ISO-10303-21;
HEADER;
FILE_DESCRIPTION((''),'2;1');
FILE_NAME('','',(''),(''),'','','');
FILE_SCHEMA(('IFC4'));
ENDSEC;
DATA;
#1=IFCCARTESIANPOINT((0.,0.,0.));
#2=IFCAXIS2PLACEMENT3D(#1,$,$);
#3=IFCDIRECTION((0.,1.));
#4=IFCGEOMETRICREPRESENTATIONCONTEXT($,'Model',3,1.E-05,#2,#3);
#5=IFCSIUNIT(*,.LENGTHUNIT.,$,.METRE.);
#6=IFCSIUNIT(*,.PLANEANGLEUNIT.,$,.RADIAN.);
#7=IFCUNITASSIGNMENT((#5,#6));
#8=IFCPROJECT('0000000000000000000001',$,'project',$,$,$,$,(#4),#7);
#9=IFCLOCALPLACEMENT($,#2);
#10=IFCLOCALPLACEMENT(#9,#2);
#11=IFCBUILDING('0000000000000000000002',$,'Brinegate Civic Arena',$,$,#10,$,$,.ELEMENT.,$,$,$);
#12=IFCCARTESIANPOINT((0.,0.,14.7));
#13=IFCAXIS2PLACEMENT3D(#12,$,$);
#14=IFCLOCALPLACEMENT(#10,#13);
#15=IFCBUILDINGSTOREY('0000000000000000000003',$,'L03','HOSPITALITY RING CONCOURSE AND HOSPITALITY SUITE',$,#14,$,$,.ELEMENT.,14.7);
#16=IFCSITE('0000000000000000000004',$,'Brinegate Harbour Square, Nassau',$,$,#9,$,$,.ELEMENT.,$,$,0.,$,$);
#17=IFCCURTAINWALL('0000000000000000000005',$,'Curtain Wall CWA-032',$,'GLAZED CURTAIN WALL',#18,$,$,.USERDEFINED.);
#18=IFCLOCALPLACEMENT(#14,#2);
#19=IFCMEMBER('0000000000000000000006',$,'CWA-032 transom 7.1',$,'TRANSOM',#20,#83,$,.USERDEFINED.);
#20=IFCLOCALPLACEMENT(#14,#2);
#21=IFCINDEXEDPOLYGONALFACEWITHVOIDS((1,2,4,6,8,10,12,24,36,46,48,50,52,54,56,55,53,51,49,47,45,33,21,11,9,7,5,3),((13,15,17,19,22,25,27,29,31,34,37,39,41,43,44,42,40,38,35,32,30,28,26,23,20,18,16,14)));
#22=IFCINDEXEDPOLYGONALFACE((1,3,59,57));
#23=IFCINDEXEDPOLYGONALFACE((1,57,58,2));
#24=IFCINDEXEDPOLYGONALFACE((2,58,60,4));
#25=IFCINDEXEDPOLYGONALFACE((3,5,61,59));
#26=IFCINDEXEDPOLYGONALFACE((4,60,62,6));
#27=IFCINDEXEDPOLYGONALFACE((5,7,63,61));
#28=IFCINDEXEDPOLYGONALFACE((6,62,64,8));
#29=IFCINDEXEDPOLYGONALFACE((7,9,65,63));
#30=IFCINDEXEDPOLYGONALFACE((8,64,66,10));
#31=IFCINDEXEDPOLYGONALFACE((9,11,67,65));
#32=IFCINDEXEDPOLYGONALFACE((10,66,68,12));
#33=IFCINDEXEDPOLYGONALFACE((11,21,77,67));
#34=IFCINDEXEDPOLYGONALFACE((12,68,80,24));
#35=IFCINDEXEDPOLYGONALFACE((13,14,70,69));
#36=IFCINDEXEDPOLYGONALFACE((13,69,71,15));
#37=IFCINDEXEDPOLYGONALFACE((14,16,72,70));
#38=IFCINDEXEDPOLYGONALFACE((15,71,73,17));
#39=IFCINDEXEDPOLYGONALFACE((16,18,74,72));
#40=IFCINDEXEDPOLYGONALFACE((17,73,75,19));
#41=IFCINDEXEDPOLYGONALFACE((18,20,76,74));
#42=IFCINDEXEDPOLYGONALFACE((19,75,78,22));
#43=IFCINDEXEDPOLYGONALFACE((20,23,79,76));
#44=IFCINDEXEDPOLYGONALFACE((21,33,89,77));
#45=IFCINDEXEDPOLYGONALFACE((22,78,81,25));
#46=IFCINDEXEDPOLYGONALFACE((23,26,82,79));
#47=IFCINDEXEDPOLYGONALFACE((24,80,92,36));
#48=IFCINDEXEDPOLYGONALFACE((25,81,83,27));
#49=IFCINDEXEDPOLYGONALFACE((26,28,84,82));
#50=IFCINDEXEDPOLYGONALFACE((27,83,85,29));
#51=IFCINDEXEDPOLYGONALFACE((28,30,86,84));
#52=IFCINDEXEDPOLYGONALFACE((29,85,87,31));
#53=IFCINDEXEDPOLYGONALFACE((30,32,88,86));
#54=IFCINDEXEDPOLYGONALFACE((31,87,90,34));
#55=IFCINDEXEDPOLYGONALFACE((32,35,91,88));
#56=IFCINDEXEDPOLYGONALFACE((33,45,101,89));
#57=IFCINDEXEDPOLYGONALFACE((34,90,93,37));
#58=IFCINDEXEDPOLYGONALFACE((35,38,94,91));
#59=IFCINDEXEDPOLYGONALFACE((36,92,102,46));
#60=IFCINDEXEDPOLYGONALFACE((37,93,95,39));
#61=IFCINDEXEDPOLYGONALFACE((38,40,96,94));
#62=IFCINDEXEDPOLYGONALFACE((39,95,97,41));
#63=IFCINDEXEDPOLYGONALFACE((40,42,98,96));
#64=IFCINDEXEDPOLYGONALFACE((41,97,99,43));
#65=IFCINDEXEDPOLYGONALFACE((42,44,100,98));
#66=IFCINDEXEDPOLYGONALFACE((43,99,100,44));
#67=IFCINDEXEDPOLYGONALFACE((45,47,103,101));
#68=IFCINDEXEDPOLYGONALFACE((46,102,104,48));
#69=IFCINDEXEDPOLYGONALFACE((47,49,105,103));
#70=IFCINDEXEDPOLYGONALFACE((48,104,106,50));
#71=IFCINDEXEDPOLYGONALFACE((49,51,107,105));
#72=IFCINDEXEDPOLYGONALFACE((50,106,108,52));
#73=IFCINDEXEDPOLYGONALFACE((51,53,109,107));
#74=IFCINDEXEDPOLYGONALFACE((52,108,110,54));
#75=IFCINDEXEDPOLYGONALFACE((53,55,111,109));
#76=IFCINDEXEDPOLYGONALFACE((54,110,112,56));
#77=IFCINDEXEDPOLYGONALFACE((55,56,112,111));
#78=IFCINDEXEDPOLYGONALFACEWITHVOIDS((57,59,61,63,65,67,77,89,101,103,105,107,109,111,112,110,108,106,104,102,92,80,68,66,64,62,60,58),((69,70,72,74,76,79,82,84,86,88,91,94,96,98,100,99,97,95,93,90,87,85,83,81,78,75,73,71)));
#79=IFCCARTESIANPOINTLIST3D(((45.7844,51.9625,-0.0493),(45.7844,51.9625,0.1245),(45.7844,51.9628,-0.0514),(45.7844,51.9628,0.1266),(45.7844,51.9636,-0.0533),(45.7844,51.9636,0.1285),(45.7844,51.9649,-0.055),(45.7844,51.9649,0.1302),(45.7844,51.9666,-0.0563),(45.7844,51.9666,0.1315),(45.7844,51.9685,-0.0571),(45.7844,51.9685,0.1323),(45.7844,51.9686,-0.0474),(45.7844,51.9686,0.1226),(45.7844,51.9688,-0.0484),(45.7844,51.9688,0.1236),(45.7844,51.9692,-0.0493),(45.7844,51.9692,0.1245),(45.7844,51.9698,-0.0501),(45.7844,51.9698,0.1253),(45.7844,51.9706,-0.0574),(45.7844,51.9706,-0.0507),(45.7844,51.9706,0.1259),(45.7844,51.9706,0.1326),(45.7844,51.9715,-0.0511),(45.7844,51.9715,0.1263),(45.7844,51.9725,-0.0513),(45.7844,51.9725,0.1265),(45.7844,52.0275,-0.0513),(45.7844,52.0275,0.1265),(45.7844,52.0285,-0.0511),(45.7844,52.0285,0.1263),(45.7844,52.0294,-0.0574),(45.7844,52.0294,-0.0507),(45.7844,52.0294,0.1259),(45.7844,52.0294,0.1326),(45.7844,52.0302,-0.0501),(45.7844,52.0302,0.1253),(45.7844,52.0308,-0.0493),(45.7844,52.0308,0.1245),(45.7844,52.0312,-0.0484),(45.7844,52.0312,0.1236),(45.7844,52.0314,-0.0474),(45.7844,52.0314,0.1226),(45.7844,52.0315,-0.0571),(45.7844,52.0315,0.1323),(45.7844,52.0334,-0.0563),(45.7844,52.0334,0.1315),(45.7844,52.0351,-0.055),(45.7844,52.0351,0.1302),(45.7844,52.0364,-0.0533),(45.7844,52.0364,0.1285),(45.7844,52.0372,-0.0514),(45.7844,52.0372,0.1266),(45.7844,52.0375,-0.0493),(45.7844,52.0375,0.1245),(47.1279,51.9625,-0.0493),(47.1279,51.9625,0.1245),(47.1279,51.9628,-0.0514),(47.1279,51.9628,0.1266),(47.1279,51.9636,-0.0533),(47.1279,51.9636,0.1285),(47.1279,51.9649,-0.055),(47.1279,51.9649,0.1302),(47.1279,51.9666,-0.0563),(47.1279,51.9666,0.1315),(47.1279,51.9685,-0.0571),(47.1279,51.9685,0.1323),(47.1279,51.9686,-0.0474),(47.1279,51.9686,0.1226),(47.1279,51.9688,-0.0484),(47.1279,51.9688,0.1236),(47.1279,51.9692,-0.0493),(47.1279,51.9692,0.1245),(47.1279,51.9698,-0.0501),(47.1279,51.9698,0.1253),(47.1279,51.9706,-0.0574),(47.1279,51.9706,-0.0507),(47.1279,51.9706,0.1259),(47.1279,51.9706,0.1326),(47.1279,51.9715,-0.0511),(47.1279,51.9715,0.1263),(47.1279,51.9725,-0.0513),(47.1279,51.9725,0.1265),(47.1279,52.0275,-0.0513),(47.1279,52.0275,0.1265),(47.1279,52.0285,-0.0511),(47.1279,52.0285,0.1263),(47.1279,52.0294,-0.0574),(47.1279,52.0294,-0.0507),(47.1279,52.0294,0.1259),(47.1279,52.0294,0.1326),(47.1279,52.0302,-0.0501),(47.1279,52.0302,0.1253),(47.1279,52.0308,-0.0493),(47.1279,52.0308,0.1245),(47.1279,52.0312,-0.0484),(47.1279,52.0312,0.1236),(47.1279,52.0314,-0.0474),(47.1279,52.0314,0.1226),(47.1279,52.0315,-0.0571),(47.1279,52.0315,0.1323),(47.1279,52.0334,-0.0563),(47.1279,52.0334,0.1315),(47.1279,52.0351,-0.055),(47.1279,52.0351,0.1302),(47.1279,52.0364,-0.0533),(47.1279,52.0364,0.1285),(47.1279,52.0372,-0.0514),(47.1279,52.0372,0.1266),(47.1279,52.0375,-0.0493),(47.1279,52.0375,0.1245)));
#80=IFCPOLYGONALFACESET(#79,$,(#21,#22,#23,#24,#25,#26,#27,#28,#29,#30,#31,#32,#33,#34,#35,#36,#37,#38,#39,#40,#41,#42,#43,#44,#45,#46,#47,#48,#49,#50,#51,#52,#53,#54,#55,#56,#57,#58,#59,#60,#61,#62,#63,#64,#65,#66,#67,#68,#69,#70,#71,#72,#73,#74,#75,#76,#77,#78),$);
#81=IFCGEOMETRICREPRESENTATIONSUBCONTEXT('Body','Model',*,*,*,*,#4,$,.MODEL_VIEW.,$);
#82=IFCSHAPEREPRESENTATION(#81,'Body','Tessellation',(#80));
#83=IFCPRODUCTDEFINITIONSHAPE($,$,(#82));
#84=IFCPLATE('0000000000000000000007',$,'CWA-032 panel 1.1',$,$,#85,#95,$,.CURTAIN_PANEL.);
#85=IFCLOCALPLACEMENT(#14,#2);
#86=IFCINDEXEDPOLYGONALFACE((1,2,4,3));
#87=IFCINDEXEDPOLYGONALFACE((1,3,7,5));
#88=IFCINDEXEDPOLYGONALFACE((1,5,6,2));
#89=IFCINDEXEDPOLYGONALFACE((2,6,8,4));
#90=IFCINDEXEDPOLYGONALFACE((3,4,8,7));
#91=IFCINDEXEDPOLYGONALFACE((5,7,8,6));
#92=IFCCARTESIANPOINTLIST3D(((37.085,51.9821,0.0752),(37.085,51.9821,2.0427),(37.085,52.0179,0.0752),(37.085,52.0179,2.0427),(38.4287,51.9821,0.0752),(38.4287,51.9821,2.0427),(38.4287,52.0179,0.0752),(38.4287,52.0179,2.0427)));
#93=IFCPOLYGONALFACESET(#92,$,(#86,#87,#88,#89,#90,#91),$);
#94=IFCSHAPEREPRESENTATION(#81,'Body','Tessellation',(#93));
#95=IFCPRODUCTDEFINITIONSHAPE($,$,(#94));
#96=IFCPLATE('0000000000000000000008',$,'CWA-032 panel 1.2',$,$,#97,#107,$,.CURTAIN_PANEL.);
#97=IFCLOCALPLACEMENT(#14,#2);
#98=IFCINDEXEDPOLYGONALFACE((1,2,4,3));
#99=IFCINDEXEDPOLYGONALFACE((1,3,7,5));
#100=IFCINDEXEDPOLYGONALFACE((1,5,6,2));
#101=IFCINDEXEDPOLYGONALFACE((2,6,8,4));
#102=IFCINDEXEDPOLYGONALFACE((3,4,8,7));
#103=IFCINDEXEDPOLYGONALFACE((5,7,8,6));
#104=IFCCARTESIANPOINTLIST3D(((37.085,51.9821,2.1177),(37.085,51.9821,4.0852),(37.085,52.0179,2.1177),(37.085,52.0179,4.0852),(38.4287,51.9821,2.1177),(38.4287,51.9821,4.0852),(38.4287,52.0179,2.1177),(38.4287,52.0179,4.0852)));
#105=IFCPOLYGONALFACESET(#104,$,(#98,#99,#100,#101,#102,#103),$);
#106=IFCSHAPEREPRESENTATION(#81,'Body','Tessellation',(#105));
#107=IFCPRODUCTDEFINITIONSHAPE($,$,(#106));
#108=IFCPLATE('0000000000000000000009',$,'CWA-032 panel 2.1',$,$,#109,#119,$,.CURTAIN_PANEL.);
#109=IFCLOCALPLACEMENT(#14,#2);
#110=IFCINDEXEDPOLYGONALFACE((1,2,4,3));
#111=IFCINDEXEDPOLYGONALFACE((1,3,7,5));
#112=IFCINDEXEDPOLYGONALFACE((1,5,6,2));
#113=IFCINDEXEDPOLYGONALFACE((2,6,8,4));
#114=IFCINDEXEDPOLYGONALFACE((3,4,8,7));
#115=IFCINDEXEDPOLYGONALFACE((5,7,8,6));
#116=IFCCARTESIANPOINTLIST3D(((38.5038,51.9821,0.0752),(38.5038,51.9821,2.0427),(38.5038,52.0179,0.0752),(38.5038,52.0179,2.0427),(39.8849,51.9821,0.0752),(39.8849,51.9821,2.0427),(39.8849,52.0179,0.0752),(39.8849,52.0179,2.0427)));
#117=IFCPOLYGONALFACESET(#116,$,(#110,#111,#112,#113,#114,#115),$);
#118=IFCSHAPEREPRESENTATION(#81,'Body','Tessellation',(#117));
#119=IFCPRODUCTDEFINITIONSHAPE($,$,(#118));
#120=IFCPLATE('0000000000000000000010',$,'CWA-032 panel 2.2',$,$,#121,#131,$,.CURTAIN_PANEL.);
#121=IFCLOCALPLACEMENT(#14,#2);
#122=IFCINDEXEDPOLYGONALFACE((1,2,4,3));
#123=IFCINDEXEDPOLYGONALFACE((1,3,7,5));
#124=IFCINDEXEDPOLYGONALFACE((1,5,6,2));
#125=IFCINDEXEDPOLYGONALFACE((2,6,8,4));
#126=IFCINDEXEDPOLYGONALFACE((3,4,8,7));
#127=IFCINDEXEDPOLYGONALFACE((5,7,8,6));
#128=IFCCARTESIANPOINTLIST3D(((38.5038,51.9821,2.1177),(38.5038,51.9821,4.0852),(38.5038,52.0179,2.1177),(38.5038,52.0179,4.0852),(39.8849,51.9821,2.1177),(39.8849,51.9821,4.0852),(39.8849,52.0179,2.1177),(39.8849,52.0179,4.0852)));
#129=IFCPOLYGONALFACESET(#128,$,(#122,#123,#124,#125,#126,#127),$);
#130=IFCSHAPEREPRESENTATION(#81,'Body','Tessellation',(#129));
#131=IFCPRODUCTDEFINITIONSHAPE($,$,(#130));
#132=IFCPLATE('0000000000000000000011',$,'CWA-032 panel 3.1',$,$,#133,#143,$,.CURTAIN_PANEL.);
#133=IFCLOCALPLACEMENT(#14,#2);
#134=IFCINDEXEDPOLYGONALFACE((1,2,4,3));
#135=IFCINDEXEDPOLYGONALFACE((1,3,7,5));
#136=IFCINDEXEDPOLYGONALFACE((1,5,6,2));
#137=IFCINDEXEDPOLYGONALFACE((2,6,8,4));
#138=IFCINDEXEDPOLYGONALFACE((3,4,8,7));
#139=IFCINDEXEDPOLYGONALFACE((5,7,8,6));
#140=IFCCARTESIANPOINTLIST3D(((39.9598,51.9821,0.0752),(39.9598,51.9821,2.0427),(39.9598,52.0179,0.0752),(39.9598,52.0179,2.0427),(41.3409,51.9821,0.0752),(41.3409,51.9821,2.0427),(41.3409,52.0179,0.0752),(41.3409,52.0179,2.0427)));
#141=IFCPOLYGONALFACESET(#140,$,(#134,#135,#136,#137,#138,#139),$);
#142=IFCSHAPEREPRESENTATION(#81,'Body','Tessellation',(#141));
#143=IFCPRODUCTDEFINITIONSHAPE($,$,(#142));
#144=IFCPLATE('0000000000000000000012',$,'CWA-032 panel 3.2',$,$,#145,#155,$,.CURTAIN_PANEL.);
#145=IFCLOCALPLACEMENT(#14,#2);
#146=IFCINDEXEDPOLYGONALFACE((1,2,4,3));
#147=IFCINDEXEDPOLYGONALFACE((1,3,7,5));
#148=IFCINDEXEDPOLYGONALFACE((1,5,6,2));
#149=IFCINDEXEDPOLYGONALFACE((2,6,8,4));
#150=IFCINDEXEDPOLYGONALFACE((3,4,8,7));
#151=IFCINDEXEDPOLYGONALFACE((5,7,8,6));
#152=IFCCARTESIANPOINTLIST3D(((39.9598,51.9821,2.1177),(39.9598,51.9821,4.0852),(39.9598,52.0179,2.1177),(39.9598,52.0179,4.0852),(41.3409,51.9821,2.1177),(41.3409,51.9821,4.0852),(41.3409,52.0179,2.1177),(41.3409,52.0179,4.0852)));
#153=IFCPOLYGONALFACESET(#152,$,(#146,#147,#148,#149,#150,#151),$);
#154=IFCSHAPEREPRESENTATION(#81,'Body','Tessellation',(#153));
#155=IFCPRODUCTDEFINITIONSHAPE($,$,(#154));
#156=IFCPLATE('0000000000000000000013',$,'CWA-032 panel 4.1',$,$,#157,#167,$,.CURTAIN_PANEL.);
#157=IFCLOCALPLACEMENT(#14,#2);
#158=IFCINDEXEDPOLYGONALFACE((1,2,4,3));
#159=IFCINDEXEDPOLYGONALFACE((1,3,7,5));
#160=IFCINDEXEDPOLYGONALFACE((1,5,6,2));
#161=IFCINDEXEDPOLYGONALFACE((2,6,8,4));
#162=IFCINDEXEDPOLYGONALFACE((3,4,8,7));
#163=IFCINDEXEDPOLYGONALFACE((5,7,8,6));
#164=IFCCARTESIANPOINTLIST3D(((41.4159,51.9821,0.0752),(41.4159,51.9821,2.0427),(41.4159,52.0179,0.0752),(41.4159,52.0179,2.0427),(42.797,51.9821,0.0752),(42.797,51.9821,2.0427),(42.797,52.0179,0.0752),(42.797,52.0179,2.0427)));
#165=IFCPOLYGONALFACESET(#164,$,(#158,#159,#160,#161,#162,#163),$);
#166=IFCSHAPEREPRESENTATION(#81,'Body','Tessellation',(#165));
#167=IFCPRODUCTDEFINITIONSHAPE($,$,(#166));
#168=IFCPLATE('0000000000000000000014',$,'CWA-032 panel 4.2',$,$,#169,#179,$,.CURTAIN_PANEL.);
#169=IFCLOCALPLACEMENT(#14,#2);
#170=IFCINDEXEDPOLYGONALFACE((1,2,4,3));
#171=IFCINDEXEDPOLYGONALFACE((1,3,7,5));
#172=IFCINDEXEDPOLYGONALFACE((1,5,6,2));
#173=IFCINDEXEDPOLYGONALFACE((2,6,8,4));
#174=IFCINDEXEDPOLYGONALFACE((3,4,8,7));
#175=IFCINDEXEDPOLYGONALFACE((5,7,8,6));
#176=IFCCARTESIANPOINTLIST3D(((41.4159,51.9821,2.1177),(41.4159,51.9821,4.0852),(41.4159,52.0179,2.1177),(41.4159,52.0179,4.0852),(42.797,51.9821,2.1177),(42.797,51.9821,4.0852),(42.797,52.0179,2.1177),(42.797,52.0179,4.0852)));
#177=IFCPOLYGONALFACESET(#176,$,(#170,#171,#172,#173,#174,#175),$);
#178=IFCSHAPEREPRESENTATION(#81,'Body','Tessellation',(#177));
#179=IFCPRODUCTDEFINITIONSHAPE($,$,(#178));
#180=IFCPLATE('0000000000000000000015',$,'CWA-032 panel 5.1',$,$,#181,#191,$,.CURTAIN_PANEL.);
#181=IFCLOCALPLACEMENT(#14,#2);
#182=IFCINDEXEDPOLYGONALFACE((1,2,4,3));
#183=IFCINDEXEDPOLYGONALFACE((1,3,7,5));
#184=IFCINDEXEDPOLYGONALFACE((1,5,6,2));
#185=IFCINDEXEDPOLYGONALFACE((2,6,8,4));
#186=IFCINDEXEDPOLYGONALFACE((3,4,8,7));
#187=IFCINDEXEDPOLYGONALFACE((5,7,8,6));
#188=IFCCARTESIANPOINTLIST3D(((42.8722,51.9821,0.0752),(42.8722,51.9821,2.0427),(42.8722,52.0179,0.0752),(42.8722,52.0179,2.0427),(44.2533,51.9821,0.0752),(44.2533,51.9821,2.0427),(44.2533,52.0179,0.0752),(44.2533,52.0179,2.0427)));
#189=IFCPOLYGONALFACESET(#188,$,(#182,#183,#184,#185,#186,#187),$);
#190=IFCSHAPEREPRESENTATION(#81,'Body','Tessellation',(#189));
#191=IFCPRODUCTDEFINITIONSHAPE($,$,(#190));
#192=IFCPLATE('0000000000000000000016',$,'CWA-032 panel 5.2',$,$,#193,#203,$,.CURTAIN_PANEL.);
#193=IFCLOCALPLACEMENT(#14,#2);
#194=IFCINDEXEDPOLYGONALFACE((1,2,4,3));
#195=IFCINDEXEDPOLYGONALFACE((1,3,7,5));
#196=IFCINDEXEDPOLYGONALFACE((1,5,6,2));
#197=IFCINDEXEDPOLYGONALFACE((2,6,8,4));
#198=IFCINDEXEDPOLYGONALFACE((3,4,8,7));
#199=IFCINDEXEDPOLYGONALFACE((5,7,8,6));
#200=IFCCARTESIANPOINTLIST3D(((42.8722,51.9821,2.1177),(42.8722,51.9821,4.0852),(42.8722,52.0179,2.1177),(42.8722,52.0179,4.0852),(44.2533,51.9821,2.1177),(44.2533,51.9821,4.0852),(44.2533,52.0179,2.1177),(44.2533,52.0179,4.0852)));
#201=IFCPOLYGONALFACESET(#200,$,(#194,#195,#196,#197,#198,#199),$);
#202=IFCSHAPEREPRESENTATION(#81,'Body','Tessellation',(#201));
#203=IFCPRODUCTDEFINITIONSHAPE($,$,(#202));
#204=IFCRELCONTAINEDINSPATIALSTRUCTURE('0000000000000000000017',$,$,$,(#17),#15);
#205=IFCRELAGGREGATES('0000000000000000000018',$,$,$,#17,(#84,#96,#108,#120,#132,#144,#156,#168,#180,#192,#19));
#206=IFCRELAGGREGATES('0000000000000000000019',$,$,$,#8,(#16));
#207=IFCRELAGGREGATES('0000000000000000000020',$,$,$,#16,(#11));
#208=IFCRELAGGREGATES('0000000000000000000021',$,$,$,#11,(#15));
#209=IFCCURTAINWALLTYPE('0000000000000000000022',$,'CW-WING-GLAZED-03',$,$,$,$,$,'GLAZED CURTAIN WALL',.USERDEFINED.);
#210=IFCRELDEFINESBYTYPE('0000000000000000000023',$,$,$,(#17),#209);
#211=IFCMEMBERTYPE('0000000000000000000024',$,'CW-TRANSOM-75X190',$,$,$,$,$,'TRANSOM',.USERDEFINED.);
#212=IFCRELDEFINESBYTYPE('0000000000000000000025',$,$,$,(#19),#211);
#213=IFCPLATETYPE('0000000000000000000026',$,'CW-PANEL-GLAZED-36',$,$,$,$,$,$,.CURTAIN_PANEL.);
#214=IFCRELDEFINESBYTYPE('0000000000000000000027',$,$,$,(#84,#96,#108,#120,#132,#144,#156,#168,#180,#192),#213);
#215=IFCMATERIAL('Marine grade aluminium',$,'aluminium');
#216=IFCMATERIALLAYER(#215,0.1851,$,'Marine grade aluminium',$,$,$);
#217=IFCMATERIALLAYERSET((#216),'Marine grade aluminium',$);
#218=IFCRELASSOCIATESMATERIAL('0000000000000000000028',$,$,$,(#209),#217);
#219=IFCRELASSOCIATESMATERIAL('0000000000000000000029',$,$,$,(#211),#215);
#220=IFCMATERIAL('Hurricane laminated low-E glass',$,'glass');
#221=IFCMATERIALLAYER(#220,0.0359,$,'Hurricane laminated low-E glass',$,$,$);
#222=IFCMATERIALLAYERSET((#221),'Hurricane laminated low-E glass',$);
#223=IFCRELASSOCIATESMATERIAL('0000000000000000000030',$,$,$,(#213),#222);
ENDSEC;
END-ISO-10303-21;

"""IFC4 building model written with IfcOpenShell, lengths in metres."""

from ifc_helpers import new_model, si_unit, direction, frame, origin, origin_2d, place, context, subcontext, project, spatial, rectangle, hollow_rectangle, extrude, material, layer, layer_set, material_profile, profile_set, type_object, element, aggregate, save


model = new_model("IFC4")

# Units and contexts
model_context = context("Model", 3, precision=1e-05, world=origin(), true_north=direction((0.0, 1.0)))
body_context = subcontext(model_context, "Body", "Model", "MODEL_VIEW")
ifc_project = project(units=[si_unit("LENGTHUNIT", "METRE"), si_unit("PLANEANGLEUNIT", "RADIAN")], contexts=[model_context])

# Site, building, storey
site_placement = place(None, origin())
site = spatial("IfcSite", under=ifc_project, at=site_placement, Name="Brinegate Harbour Square, Nassau", CompositionType="ELEMENT", RefElevation=0.0)
building_placement = place(site_placement, origin())
building = spatial("IfcBuilding", under=site, at=building_placement, Name="Brinegate Civic Arena", CompositionType="ELEMENT")
storey_placement = place(building_placement, frame((0.0, 0.0, 14.7)))
storey = spatial("IfcBuildingStorey", under=building, at=storey_placement, Name="L03", Description="HOSPITALITY RING CONCOURSE AND HOSPITALITY SUITE", CompositionType="ELEMENT", Elevation=14.7)

# Curtain wall, member, plates
ifc_material_1 = material(Name="Marine grade aluminium", Category="aluminium")
ifc_layer_1 = layer(ifc_material_1, 0.1851, Name="Marine grade aluminium")
ifc_layer_set_1 = layer_set([ifc_layer_1], Name="Marine grade aluminium")
curtain_wall_type = type_object("IfcCurtainWallType", Name="CW-WING-GLAZED-03", ElementType="GLAZED CURTAIN WALL", PredefinedType="USERDEFINED", material=ifc_layer_set_1)
curtain_wall_placement = place(storey_placement, origin())
curtain_wall = element("IfcCurtainWall", 1, at=curtain_wall_placement, inside=storey, type_object=curtain_wall_type, Name="Curtain Wall CWA-032", ObjectType="GLAZED CURTAIN WALL", PredefinedType="USERDEFINED")
ifc_material_profile_1 = material_profile(ifc_material_1, hollow_rectangle(XDim=0.075, YDim=0.1899, WallThickness=0.0061, InnerFilletRadius=0.0039, OuterFilletRadius=0.0081, at=origin_2d()), Name="TRN75X190")
ifc_profile_set_1 = profile_set([ifc_material_profile_1], Name="Marine grade aluminium")
member_type_1 = type_object("IfcMemberType", Name="CW-TRANSOM-75X190", ElementType="TRANSOM", PredefinedType="USERDEFINED", material=ifc_profile_set_1)
member_1_placement = place(storey_placement, frame((45.7844, 52.0, 0.0376), z_axis=(1.0, 0.0, 0.0), x_axis=(0.0, 1.0, 0.0)))
member_1 = element("IfcMember", 2, at=member_1_placement, type_object=member_type_1, Name="CWA-032 transom 7.1", ObjectType="TRANSOM", PredefinedType="USERDEFINED", context=body_context, shape_type="SweptSolid", body=[
    extrude(hollow_rectangle(XDim=0.075, YDim=0.1899, WallThickness=0.0061, InnerFilletRadius=0.0039, OuterFilletRadius=0.0081, at=origin_2d()), origin(), (0.0, 0.0, 1.0), 1.3435),
])
ifc_material_2 = material(Name="Hurricane laminated low-E glass", Category="glass")
ifc_layer_2 = layer(ifc_material_2, 0.0359, Name="Hurricane laminated low-E glass")
ifc_layer_set_2 = layer_set([ifc_layer_2], Name="Hurricane laminated low-E glass")
plate_type = type_object("IfcPlateType", Name="CW-PANEL-GLAZED-36", PredefinedType="CURTAIN_PANEL", material=ifc_layer_set_2)
plate_1_placement = place(storey_placement, frame((37.7568, 52.0, 0.0752), z_axis=(0.0, 0.0, 1.0), x_axis=(1.0, 0.0, 0.0)))
plate_1 = element("IfcPlate", 3, at=plate_1_placement, type_object=plate_type, Name="CWA-032 panel 1.1", PredefinedType="CURTAIN_PANEL", context=body_context, shape_type="SweptSolid", body=[
    extrude(rectangle(XDim=1.3438, YDim=0.0359, at=origin_2d()), origin(), (0.0, 0.0, 1.0), 1.9675),
])
plate_2_placement = place(storey_placement, frame((37.7568, 52.0, 2.1177), z_axis=(0.0, 0.0, 1.0), x_axis=(1.0, 0.0, 0.0)))
plate_2 = element("IfcPlate", 4, at=plate_2_placement, type_object=plate_type, Name="CWA-032 panel 1.2", PredefinedType="CURTAIN_PANEL", context=body_context, shape_type="SweptSolid", body=[
    extrude(rectangle(XDim=1.3438, YDim=0.0359, at=origin_2d()), origin(), (0.0, 0.0, 1.0), 1.9675),
])
plate_3_placement = place(storey_placement, frame((39.1943, 52.0, 0.0752), z_axis=(0.0, 0.0, 1.0), x_axis=(1.0, 0.0, 0.0)))
plate_3 = element("IfcPlate", 5, at=plate_3_placement, type_object=plate_type, Name="CWA-032 panel 2.1", PredefinedType="CURTAIN_PANEL", context=body_context, shape_type="SweptSolid", body=[
    extrude(rectangle(XDim=1.3811, YDim=0.0359, at=origin_2d()), origin(), (0.0, 0.0, 1.0), 1.9675),
])
plate_4_placement = place(storey_placement, frame((39.1943, 52.0, 2.1177), z_axis=(0.0, 0.0, 1.0), x_axis=(1.0, 0.0, 0.0)))
plate_4 = element("IfcPlate", 6, at=plate_4_placement, type_object=plate_type, Name="CWA-032 panel 2.2", PredefinedType="CURTAIN_PANEL", context=body_context, shape_type="SweptSolid", body=[
    extrude(rectangle(XDim=1.3811, YDim=0.0359, at=origin_2d()), origin(), (0.0, 0.0, 1.0), 1.9675),
])
plate_5_placement = place(storey_placement, frame((40.6504, 52.0, 0.0752), z_axis=(0.0, 0.0, 1.0), x_axis=(1.0, 0.0, 0.0)))
plate_5 = element("IfcPlate", 7, at=plate_5_placement, type_object=plate_type, Name="CWA-032 panel 3.1", PredefinedType="CURTAIN_PANEL", context=body_context, shape_type="SweptSolid", body=[
    extrude(rectangle(XDim=1.3811, YDim=0.0359, at=origin_2d()), origin(), (0.0, 0.0, 1.0), 1.9675),
])
plate_6_placement = place(storey_placement, frame((40.6504, 52.0, 2.1177), z_axis=(0.0, 0.0, 1.0), x_axis=(1.0, 0.0, 0.0)))
plate_6 = element("IfcPlate", 8, at=plate_6_placement, type_object=plate_type, Name="CWA-032 panel 3.2", PredefinedType="CURTAIN_PANEL", context=body_context, shape_type="SweptSolid", body=[
    extrude(rectangle(XDim=1.3811, YDim=0.0359, at=origin_2d()), origin(), (0.0, 0.0, 1.0), 1.9675),
])
plate_7_placement = place(storey_placement, frame((42.1064, 52.0, 0.0752), z_axis=(0.0, 0.0, 1.0), x_axis=(1.0, 0.0, 0.0)))
plate_7 = element("IfcPlate", 9, at=plate_7_placement, type_object=plate_type, Name="CWA-032 panel 4.1", PredefinedType="CURTAIN_PANEL", context=body_context, shape_type="SweptSolid", body=[
    extrude(rectangle(XDim=1.3811, YDim=0.0359, at=origin_2d()), origin(), (0.0, 0.0, 1.0), 1.9675),
])
plate_8_placement = place(storey_placement, frame((42.1064, 52.0, 2.1177), z_axis=(0.0, 0.0, 1.0), x_axis=(1.0, 0.0, 0.0)))
plate_8 = element("IfcPlate", 10, at=plate_8_placement, type_object=plate_type, Name="CWA-032 panel 4.2", PredefinedType="CURTAIN_PANEL", context=body_context, shape_type="SweptSolid", body=[
    extrude(rectangle(XDim=1.3811, YDim=0.0359, at=origin_2d()), origin(), (0.0, 0.0, 1.0), 1.9675),
])
plate_9_placement = place(storey_placement, frame((43.5627, 52.0, 0.0752), z_axis=(0.0, 0.0, 1.0), x_axis=(1.0, 0.0, 0.0)))
plate_9 = element("IfcPlate", 11, at=plate_9_placement, type_object=plate_type, Name="CWA-032 panel 5.1", PredefinedType="CURTAIN_PANEL", context=body_context, shape_type="SweptSolid", body=[
    extrude(rectangle(XDim=1.3811, YDim=0.0359, at=origin_2d()), origin(), (0.0, 0.0, 1.0), 1.9675),
])
plate_10_placement = place(storey_placement, frame((43.5627, 52.0, 2.1177), z_axis=(0.0, 0.0, 1.0), x_axis=(1.0, 0.0, 0.0)))
plate_10 = element("IfcPlate", 12, at=plate_10_placement, type_object=plate_type, Name="CWA-032 panel 5.2", PredefinedType="CURTAIN_PANEL", context=body_context, shape_type="SweptSolid", body=[
    extrude(rectangle(XDim=1.3811, YDim=0.0359, at=origin_2d()), origin(), (0.0, 0.0, 1.0), 1.9675),
])
aggregate(curtain_wall, [plate_1, plate_2, plate_3, plate_4, plate_5, plate_6, plate_7, plate_8, plate_9, plate_10, member_1])

save(model, "model.ifc")
